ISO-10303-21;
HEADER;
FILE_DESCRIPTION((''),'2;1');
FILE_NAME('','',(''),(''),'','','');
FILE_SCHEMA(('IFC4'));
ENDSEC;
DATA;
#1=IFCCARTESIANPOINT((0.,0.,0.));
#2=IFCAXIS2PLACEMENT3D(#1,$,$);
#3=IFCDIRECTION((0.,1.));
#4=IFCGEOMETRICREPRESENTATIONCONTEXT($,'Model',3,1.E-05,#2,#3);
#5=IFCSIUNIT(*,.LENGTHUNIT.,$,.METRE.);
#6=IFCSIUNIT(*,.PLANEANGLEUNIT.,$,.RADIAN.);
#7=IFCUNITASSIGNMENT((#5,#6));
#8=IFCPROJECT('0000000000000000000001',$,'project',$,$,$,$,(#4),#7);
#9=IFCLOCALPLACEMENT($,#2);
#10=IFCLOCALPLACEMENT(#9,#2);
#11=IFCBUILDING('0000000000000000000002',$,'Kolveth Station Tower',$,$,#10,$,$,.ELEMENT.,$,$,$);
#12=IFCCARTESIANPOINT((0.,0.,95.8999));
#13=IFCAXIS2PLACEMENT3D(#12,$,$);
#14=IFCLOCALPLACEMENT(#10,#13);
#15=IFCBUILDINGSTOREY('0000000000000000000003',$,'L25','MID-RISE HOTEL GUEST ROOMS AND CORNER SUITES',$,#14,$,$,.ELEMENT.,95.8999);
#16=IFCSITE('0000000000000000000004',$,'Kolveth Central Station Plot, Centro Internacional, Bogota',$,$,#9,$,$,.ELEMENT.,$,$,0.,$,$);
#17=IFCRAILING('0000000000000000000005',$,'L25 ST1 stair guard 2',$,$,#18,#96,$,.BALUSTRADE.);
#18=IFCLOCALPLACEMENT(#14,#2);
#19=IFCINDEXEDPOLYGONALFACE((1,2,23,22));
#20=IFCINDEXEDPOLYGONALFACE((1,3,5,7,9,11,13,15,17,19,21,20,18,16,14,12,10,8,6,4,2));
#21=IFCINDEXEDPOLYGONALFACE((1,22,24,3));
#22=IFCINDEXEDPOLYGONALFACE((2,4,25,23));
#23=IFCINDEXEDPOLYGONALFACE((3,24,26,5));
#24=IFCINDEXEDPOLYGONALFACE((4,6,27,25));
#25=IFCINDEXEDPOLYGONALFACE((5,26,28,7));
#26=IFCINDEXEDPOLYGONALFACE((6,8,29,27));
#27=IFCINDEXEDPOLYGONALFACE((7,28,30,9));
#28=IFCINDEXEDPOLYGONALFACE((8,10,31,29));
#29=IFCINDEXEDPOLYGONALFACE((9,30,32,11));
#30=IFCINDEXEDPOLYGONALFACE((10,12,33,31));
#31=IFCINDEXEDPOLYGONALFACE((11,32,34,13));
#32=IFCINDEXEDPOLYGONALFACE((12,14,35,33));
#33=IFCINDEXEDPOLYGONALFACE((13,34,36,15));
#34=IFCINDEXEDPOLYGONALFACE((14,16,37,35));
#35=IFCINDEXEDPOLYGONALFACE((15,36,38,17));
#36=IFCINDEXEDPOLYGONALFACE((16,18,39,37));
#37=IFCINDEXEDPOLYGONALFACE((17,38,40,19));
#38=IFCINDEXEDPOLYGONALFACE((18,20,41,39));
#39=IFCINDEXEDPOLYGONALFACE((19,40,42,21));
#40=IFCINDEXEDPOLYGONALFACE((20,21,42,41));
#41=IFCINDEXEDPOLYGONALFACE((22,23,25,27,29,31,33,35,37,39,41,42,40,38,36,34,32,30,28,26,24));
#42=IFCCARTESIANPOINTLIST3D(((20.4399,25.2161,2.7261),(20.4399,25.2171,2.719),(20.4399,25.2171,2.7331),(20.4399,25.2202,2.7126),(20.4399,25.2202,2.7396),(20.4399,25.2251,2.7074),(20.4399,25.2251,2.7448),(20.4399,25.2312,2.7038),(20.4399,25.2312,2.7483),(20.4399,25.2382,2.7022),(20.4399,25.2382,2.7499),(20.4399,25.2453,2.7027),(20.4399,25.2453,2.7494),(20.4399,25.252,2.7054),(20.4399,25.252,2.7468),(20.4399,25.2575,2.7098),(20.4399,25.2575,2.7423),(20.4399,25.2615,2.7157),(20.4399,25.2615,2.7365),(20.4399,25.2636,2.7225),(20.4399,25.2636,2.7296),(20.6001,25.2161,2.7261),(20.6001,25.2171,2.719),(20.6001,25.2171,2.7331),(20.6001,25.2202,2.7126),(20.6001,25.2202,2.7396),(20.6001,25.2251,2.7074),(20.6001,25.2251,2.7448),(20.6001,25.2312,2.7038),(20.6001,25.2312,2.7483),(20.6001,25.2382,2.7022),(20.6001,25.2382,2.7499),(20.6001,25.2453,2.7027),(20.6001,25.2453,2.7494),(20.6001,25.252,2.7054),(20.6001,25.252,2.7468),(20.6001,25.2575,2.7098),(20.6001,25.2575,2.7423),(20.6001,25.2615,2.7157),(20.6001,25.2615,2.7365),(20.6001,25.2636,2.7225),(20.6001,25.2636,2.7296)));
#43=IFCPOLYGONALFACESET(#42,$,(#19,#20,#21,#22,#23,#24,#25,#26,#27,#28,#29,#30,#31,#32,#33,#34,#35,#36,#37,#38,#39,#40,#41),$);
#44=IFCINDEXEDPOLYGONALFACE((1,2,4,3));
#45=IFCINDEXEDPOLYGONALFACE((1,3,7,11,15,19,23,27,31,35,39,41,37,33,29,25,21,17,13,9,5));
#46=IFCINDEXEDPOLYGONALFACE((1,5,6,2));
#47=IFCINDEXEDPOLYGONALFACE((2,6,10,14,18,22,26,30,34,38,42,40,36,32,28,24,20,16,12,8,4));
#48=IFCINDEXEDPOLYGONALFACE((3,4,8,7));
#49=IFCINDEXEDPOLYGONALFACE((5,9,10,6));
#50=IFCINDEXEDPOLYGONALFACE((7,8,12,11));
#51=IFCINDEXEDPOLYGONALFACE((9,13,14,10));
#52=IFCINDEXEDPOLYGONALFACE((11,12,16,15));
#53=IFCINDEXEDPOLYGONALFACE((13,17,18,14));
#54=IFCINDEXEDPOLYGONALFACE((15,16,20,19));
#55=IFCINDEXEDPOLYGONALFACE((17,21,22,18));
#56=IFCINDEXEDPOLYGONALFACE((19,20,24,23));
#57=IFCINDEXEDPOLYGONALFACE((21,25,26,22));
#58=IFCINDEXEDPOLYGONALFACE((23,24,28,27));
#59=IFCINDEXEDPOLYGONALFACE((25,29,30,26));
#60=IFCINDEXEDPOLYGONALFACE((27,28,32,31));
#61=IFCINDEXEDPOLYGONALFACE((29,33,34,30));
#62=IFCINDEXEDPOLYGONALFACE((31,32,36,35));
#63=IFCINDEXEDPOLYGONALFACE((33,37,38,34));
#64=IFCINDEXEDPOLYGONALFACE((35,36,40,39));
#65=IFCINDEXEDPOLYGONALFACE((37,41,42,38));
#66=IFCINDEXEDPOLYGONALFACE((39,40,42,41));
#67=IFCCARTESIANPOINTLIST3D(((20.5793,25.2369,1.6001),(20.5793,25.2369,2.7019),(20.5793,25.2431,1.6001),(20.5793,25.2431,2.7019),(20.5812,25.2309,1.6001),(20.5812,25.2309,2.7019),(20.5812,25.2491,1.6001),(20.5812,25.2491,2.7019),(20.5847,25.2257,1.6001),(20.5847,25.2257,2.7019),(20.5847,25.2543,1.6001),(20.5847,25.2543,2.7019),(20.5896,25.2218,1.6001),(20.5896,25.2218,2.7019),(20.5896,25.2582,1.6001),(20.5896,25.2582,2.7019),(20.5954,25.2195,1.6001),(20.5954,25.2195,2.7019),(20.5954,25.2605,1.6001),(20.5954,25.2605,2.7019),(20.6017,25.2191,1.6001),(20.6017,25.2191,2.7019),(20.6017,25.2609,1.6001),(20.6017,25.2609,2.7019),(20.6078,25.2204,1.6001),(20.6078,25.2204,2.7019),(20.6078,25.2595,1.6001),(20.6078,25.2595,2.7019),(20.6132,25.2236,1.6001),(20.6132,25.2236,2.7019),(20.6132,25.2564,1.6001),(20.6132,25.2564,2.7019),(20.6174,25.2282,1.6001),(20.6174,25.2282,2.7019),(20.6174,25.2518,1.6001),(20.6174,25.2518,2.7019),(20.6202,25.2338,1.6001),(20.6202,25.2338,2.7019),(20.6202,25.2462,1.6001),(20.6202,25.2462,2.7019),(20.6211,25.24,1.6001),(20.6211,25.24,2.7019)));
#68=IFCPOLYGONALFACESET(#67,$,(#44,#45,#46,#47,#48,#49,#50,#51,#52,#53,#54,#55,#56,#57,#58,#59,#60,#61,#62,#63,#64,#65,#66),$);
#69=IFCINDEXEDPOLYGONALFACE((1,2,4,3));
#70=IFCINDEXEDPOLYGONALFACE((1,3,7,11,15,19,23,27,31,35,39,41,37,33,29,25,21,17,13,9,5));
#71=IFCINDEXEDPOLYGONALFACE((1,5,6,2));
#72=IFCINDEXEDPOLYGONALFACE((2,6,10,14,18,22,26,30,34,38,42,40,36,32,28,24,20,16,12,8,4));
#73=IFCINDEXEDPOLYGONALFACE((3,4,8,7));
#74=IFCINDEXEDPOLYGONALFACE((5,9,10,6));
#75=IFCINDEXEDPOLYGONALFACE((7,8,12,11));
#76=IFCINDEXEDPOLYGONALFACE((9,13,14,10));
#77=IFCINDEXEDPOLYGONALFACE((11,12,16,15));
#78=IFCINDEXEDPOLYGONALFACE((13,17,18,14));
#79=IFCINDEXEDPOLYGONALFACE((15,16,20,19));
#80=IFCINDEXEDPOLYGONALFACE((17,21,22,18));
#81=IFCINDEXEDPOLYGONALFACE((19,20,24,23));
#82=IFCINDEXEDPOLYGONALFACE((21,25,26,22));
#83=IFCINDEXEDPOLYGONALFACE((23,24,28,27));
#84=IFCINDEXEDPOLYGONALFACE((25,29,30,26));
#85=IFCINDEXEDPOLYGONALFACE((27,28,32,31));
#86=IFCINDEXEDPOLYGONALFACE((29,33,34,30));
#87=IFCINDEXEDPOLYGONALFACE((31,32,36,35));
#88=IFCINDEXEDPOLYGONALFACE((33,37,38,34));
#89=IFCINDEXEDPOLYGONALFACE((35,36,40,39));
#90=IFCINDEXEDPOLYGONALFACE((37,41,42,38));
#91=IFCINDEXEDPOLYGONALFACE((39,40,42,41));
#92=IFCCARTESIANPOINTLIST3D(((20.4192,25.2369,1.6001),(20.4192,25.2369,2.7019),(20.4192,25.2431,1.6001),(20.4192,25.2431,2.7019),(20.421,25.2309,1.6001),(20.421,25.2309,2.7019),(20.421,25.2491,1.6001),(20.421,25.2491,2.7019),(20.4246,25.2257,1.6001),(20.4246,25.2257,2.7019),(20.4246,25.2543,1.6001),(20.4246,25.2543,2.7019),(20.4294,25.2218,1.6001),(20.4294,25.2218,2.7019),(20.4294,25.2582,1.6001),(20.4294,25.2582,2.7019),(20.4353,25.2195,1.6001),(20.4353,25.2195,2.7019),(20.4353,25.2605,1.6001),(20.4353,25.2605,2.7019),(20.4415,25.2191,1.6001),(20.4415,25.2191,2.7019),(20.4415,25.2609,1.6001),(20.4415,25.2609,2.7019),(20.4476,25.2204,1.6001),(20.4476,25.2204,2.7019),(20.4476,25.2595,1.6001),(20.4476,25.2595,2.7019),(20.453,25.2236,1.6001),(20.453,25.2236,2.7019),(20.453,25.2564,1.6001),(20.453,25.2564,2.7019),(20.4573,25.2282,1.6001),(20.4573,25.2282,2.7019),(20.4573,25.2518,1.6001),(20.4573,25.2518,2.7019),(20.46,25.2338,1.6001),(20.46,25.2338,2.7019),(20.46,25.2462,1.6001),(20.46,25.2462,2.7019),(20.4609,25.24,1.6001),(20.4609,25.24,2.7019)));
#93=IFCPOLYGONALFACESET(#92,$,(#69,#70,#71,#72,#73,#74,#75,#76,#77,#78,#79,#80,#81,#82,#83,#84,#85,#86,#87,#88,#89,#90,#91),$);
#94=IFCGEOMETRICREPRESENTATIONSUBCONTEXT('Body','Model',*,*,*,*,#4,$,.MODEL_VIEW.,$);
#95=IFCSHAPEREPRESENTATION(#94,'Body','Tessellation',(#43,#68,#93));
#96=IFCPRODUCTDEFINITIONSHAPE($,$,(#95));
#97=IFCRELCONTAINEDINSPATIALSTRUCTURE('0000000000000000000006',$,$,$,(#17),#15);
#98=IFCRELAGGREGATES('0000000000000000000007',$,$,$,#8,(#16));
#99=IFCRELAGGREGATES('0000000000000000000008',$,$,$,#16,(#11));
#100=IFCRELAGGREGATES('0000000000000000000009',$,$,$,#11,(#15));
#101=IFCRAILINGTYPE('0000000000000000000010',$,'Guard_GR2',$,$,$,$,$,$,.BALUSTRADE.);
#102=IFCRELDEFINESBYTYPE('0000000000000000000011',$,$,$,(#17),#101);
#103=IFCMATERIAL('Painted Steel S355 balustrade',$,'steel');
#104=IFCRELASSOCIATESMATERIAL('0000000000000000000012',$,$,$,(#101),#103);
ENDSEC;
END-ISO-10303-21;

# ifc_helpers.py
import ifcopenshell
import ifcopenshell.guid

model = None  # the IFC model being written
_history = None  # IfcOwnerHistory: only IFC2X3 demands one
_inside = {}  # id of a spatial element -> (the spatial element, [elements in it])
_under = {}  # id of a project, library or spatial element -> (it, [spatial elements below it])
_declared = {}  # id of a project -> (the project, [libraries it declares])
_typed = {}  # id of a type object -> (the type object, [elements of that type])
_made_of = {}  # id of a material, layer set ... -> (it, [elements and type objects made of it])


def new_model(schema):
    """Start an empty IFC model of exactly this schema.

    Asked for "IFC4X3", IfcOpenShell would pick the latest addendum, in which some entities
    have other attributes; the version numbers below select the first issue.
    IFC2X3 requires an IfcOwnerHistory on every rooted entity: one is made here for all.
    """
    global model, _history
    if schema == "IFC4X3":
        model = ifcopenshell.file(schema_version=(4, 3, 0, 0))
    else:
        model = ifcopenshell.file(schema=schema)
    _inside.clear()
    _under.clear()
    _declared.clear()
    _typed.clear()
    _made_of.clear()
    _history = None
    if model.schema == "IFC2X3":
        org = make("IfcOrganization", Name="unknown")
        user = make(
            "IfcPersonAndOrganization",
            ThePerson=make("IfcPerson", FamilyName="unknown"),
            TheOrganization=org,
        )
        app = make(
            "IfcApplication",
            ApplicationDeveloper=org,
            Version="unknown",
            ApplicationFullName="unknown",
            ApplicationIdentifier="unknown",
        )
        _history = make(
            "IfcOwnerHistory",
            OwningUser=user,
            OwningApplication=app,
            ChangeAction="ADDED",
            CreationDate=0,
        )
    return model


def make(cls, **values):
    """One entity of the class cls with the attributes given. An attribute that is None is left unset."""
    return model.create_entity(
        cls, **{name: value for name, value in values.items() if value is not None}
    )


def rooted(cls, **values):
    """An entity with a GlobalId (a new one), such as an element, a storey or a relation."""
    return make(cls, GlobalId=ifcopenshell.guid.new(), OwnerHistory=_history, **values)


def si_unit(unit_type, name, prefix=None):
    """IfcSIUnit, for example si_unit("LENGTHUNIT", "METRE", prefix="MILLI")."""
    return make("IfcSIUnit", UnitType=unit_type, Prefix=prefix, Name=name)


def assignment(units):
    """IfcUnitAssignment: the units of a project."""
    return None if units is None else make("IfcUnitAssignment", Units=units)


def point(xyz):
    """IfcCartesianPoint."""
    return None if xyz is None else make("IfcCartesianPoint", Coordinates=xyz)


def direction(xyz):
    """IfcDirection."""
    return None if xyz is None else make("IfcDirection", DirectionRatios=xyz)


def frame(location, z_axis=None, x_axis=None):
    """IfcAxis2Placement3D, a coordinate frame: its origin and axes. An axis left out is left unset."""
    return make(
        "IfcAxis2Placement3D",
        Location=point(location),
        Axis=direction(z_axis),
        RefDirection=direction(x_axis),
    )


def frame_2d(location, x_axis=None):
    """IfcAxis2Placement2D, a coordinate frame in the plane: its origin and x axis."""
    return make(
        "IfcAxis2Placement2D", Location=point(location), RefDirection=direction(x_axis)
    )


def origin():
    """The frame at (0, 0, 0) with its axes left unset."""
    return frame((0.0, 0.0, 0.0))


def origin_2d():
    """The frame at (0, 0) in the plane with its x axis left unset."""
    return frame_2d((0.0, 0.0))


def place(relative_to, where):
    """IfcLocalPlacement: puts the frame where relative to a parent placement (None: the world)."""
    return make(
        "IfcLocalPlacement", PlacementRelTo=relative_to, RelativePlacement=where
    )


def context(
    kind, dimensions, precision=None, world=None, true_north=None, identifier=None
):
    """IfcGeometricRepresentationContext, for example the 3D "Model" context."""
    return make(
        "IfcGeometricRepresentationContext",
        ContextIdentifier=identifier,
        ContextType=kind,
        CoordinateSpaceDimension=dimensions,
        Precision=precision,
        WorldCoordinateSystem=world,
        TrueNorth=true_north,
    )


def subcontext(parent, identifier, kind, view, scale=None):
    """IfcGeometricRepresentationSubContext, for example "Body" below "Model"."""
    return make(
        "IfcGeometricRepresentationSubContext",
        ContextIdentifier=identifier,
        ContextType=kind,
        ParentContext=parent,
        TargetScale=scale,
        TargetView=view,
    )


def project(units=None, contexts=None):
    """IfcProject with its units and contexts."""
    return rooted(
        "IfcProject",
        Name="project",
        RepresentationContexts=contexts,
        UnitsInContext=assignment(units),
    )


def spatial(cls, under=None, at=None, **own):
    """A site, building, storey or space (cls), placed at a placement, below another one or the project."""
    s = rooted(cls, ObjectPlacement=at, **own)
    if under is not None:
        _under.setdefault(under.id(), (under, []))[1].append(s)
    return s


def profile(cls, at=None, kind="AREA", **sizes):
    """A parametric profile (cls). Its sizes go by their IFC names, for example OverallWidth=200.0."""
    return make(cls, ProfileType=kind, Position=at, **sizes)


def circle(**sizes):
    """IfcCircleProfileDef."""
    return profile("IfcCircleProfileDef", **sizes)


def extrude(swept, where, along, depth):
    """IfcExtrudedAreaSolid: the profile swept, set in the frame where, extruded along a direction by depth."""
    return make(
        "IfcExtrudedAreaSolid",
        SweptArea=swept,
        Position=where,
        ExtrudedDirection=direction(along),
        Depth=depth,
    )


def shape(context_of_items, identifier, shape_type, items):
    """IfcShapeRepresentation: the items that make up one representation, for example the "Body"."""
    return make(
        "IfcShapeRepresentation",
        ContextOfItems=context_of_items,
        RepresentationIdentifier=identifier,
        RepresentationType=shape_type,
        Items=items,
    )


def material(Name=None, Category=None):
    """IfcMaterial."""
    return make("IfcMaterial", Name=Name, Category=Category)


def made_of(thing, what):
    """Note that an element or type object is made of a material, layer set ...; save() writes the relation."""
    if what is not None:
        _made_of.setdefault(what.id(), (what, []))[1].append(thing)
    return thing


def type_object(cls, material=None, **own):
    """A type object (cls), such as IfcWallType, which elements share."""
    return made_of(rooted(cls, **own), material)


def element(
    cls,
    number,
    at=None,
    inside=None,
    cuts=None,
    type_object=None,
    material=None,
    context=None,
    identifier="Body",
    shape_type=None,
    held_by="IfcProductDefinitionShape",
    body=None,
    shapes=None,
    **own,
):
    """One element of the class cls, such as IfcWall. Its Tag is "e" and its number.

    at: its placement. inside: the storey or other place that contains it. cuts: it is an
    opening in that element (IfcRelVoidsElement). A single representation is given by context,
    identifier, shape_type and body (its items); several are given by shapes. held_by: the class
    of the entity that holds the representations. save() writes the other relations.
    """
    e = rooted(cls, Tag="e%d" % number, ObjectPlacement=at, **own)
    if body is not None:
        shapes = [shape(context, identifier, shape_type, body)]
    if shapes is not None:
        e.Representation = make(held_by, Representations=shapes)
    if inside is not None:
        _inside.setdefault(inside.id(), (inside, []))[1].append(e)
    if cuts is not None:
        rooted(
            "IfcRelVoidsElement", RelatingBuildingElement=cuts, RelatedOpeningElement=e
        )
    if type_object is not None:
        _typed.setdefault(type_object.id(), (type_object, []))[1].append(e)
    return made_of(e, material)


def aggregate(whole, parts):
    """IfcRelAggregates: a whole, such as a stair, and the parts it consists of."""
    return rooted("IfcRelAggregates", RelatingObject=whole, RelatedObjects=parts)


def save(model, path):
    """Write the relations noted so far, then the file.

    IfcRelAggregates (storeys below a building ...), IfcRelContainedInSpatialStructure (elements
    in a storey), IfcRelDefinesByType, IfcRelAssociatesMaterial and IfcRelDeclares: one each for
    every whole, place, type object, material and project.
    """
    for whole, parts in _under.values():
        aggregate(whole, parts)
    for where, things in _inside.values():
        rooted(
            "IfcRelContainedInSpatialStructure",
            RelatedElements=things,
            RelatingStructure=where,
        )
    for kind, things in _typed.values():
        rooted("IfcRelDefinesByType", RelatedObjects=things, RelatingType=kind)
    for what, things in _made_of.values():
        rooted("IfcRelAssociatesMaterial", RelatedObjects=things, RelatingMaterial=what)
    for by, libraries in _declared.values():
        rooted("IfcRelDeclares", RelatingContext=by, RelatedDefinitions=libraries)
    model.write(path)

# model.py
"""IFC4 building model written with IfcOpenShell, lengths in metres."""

from ifc_helpers import new_model, si_unit, direction, frame, origin, origin_2d, place, context, subcontext, project, spatial, circle, extrude, material, type_object, element, save


model = new_model("IFC4")

# Units and contexts
model_context = context("Model", 3, precision=1e-05, world=origin(), true_north=direction((0.0, 1.0)))
body_context = subcontext(model_context, "Body", "Model", "MODEL_VIEW")
ifc_project = project(units=[si_unit("LENGTHUNIT", "METRE"), si_unit("PLANEANGLEUNIT", "RADIAN")], contexts=[model_context])

# Site, building, storey
site_placement = place(None, origin())
site = spatial("IfcSite", under=ifc_project, at=site_placement, Name="Kolveth Central Station Plot, Centro Internacional, Bogota", CompositionType="ELEMENT", RefElevation=0.0)
building_placement = place(site_placement, origin())
building = spatial("IfcBuilding", under=site, at=building_placement, Name="Kolveth Station Tower", CompositionType="ELEMENT")
storey_placement = place(building_placement, frame((0.0, 0.0, 95.8999)))
storey = spatial("IfcBuildingStorey", under=building, at=storey_placement, Name="L25", Description="MID-RISE HOTEL GUEST ROOMS AND CORNER SUITES", CompositionType="ELEMENT", Elevation=95.8999)

# Railing
ifc_material_1 = material(Name="Painted Steel S355 balustrade", Category="steel")
railing_type_1 = type_object("IfcRailingType", Name="Guard_GR2", PredefinedType="BALUSTRADE", material=ifc_material_1)
railing_1_placement = place(storey_placement, frame((20.6001, 25.24, 1.6001)))
element("IfcRailing", 1, at=railing_1_placement, inside=storey, type_object=railing_type_1, Name="L25 ST1 stair guard 2", PredefinedType="BALUSTRADE", context=body_context, shape_type="SweptSolid", body=[
    extrude(circle(Radius=0.0239, at=origin_2d()), frame((0.0, 0.0, 1.126), z_axis=(-1.0, 0.0, 0.0), x_axis=(0.0, -1.0, 0.0)), (0.0, 0.0, 1.0), 0.1602),
    extrude(circle(Radius=0.021, at=origin_2d()), origin(), (0.0, 0.0, 1.0), 1.1018),
    extrude(circle(Radius=0.021, at=origin_2d()), frame((-0.1602, 0.0, 0.0)), (0.0, 0.0, 1.0), 1.1018),
])

save(model, "model.ifc")
